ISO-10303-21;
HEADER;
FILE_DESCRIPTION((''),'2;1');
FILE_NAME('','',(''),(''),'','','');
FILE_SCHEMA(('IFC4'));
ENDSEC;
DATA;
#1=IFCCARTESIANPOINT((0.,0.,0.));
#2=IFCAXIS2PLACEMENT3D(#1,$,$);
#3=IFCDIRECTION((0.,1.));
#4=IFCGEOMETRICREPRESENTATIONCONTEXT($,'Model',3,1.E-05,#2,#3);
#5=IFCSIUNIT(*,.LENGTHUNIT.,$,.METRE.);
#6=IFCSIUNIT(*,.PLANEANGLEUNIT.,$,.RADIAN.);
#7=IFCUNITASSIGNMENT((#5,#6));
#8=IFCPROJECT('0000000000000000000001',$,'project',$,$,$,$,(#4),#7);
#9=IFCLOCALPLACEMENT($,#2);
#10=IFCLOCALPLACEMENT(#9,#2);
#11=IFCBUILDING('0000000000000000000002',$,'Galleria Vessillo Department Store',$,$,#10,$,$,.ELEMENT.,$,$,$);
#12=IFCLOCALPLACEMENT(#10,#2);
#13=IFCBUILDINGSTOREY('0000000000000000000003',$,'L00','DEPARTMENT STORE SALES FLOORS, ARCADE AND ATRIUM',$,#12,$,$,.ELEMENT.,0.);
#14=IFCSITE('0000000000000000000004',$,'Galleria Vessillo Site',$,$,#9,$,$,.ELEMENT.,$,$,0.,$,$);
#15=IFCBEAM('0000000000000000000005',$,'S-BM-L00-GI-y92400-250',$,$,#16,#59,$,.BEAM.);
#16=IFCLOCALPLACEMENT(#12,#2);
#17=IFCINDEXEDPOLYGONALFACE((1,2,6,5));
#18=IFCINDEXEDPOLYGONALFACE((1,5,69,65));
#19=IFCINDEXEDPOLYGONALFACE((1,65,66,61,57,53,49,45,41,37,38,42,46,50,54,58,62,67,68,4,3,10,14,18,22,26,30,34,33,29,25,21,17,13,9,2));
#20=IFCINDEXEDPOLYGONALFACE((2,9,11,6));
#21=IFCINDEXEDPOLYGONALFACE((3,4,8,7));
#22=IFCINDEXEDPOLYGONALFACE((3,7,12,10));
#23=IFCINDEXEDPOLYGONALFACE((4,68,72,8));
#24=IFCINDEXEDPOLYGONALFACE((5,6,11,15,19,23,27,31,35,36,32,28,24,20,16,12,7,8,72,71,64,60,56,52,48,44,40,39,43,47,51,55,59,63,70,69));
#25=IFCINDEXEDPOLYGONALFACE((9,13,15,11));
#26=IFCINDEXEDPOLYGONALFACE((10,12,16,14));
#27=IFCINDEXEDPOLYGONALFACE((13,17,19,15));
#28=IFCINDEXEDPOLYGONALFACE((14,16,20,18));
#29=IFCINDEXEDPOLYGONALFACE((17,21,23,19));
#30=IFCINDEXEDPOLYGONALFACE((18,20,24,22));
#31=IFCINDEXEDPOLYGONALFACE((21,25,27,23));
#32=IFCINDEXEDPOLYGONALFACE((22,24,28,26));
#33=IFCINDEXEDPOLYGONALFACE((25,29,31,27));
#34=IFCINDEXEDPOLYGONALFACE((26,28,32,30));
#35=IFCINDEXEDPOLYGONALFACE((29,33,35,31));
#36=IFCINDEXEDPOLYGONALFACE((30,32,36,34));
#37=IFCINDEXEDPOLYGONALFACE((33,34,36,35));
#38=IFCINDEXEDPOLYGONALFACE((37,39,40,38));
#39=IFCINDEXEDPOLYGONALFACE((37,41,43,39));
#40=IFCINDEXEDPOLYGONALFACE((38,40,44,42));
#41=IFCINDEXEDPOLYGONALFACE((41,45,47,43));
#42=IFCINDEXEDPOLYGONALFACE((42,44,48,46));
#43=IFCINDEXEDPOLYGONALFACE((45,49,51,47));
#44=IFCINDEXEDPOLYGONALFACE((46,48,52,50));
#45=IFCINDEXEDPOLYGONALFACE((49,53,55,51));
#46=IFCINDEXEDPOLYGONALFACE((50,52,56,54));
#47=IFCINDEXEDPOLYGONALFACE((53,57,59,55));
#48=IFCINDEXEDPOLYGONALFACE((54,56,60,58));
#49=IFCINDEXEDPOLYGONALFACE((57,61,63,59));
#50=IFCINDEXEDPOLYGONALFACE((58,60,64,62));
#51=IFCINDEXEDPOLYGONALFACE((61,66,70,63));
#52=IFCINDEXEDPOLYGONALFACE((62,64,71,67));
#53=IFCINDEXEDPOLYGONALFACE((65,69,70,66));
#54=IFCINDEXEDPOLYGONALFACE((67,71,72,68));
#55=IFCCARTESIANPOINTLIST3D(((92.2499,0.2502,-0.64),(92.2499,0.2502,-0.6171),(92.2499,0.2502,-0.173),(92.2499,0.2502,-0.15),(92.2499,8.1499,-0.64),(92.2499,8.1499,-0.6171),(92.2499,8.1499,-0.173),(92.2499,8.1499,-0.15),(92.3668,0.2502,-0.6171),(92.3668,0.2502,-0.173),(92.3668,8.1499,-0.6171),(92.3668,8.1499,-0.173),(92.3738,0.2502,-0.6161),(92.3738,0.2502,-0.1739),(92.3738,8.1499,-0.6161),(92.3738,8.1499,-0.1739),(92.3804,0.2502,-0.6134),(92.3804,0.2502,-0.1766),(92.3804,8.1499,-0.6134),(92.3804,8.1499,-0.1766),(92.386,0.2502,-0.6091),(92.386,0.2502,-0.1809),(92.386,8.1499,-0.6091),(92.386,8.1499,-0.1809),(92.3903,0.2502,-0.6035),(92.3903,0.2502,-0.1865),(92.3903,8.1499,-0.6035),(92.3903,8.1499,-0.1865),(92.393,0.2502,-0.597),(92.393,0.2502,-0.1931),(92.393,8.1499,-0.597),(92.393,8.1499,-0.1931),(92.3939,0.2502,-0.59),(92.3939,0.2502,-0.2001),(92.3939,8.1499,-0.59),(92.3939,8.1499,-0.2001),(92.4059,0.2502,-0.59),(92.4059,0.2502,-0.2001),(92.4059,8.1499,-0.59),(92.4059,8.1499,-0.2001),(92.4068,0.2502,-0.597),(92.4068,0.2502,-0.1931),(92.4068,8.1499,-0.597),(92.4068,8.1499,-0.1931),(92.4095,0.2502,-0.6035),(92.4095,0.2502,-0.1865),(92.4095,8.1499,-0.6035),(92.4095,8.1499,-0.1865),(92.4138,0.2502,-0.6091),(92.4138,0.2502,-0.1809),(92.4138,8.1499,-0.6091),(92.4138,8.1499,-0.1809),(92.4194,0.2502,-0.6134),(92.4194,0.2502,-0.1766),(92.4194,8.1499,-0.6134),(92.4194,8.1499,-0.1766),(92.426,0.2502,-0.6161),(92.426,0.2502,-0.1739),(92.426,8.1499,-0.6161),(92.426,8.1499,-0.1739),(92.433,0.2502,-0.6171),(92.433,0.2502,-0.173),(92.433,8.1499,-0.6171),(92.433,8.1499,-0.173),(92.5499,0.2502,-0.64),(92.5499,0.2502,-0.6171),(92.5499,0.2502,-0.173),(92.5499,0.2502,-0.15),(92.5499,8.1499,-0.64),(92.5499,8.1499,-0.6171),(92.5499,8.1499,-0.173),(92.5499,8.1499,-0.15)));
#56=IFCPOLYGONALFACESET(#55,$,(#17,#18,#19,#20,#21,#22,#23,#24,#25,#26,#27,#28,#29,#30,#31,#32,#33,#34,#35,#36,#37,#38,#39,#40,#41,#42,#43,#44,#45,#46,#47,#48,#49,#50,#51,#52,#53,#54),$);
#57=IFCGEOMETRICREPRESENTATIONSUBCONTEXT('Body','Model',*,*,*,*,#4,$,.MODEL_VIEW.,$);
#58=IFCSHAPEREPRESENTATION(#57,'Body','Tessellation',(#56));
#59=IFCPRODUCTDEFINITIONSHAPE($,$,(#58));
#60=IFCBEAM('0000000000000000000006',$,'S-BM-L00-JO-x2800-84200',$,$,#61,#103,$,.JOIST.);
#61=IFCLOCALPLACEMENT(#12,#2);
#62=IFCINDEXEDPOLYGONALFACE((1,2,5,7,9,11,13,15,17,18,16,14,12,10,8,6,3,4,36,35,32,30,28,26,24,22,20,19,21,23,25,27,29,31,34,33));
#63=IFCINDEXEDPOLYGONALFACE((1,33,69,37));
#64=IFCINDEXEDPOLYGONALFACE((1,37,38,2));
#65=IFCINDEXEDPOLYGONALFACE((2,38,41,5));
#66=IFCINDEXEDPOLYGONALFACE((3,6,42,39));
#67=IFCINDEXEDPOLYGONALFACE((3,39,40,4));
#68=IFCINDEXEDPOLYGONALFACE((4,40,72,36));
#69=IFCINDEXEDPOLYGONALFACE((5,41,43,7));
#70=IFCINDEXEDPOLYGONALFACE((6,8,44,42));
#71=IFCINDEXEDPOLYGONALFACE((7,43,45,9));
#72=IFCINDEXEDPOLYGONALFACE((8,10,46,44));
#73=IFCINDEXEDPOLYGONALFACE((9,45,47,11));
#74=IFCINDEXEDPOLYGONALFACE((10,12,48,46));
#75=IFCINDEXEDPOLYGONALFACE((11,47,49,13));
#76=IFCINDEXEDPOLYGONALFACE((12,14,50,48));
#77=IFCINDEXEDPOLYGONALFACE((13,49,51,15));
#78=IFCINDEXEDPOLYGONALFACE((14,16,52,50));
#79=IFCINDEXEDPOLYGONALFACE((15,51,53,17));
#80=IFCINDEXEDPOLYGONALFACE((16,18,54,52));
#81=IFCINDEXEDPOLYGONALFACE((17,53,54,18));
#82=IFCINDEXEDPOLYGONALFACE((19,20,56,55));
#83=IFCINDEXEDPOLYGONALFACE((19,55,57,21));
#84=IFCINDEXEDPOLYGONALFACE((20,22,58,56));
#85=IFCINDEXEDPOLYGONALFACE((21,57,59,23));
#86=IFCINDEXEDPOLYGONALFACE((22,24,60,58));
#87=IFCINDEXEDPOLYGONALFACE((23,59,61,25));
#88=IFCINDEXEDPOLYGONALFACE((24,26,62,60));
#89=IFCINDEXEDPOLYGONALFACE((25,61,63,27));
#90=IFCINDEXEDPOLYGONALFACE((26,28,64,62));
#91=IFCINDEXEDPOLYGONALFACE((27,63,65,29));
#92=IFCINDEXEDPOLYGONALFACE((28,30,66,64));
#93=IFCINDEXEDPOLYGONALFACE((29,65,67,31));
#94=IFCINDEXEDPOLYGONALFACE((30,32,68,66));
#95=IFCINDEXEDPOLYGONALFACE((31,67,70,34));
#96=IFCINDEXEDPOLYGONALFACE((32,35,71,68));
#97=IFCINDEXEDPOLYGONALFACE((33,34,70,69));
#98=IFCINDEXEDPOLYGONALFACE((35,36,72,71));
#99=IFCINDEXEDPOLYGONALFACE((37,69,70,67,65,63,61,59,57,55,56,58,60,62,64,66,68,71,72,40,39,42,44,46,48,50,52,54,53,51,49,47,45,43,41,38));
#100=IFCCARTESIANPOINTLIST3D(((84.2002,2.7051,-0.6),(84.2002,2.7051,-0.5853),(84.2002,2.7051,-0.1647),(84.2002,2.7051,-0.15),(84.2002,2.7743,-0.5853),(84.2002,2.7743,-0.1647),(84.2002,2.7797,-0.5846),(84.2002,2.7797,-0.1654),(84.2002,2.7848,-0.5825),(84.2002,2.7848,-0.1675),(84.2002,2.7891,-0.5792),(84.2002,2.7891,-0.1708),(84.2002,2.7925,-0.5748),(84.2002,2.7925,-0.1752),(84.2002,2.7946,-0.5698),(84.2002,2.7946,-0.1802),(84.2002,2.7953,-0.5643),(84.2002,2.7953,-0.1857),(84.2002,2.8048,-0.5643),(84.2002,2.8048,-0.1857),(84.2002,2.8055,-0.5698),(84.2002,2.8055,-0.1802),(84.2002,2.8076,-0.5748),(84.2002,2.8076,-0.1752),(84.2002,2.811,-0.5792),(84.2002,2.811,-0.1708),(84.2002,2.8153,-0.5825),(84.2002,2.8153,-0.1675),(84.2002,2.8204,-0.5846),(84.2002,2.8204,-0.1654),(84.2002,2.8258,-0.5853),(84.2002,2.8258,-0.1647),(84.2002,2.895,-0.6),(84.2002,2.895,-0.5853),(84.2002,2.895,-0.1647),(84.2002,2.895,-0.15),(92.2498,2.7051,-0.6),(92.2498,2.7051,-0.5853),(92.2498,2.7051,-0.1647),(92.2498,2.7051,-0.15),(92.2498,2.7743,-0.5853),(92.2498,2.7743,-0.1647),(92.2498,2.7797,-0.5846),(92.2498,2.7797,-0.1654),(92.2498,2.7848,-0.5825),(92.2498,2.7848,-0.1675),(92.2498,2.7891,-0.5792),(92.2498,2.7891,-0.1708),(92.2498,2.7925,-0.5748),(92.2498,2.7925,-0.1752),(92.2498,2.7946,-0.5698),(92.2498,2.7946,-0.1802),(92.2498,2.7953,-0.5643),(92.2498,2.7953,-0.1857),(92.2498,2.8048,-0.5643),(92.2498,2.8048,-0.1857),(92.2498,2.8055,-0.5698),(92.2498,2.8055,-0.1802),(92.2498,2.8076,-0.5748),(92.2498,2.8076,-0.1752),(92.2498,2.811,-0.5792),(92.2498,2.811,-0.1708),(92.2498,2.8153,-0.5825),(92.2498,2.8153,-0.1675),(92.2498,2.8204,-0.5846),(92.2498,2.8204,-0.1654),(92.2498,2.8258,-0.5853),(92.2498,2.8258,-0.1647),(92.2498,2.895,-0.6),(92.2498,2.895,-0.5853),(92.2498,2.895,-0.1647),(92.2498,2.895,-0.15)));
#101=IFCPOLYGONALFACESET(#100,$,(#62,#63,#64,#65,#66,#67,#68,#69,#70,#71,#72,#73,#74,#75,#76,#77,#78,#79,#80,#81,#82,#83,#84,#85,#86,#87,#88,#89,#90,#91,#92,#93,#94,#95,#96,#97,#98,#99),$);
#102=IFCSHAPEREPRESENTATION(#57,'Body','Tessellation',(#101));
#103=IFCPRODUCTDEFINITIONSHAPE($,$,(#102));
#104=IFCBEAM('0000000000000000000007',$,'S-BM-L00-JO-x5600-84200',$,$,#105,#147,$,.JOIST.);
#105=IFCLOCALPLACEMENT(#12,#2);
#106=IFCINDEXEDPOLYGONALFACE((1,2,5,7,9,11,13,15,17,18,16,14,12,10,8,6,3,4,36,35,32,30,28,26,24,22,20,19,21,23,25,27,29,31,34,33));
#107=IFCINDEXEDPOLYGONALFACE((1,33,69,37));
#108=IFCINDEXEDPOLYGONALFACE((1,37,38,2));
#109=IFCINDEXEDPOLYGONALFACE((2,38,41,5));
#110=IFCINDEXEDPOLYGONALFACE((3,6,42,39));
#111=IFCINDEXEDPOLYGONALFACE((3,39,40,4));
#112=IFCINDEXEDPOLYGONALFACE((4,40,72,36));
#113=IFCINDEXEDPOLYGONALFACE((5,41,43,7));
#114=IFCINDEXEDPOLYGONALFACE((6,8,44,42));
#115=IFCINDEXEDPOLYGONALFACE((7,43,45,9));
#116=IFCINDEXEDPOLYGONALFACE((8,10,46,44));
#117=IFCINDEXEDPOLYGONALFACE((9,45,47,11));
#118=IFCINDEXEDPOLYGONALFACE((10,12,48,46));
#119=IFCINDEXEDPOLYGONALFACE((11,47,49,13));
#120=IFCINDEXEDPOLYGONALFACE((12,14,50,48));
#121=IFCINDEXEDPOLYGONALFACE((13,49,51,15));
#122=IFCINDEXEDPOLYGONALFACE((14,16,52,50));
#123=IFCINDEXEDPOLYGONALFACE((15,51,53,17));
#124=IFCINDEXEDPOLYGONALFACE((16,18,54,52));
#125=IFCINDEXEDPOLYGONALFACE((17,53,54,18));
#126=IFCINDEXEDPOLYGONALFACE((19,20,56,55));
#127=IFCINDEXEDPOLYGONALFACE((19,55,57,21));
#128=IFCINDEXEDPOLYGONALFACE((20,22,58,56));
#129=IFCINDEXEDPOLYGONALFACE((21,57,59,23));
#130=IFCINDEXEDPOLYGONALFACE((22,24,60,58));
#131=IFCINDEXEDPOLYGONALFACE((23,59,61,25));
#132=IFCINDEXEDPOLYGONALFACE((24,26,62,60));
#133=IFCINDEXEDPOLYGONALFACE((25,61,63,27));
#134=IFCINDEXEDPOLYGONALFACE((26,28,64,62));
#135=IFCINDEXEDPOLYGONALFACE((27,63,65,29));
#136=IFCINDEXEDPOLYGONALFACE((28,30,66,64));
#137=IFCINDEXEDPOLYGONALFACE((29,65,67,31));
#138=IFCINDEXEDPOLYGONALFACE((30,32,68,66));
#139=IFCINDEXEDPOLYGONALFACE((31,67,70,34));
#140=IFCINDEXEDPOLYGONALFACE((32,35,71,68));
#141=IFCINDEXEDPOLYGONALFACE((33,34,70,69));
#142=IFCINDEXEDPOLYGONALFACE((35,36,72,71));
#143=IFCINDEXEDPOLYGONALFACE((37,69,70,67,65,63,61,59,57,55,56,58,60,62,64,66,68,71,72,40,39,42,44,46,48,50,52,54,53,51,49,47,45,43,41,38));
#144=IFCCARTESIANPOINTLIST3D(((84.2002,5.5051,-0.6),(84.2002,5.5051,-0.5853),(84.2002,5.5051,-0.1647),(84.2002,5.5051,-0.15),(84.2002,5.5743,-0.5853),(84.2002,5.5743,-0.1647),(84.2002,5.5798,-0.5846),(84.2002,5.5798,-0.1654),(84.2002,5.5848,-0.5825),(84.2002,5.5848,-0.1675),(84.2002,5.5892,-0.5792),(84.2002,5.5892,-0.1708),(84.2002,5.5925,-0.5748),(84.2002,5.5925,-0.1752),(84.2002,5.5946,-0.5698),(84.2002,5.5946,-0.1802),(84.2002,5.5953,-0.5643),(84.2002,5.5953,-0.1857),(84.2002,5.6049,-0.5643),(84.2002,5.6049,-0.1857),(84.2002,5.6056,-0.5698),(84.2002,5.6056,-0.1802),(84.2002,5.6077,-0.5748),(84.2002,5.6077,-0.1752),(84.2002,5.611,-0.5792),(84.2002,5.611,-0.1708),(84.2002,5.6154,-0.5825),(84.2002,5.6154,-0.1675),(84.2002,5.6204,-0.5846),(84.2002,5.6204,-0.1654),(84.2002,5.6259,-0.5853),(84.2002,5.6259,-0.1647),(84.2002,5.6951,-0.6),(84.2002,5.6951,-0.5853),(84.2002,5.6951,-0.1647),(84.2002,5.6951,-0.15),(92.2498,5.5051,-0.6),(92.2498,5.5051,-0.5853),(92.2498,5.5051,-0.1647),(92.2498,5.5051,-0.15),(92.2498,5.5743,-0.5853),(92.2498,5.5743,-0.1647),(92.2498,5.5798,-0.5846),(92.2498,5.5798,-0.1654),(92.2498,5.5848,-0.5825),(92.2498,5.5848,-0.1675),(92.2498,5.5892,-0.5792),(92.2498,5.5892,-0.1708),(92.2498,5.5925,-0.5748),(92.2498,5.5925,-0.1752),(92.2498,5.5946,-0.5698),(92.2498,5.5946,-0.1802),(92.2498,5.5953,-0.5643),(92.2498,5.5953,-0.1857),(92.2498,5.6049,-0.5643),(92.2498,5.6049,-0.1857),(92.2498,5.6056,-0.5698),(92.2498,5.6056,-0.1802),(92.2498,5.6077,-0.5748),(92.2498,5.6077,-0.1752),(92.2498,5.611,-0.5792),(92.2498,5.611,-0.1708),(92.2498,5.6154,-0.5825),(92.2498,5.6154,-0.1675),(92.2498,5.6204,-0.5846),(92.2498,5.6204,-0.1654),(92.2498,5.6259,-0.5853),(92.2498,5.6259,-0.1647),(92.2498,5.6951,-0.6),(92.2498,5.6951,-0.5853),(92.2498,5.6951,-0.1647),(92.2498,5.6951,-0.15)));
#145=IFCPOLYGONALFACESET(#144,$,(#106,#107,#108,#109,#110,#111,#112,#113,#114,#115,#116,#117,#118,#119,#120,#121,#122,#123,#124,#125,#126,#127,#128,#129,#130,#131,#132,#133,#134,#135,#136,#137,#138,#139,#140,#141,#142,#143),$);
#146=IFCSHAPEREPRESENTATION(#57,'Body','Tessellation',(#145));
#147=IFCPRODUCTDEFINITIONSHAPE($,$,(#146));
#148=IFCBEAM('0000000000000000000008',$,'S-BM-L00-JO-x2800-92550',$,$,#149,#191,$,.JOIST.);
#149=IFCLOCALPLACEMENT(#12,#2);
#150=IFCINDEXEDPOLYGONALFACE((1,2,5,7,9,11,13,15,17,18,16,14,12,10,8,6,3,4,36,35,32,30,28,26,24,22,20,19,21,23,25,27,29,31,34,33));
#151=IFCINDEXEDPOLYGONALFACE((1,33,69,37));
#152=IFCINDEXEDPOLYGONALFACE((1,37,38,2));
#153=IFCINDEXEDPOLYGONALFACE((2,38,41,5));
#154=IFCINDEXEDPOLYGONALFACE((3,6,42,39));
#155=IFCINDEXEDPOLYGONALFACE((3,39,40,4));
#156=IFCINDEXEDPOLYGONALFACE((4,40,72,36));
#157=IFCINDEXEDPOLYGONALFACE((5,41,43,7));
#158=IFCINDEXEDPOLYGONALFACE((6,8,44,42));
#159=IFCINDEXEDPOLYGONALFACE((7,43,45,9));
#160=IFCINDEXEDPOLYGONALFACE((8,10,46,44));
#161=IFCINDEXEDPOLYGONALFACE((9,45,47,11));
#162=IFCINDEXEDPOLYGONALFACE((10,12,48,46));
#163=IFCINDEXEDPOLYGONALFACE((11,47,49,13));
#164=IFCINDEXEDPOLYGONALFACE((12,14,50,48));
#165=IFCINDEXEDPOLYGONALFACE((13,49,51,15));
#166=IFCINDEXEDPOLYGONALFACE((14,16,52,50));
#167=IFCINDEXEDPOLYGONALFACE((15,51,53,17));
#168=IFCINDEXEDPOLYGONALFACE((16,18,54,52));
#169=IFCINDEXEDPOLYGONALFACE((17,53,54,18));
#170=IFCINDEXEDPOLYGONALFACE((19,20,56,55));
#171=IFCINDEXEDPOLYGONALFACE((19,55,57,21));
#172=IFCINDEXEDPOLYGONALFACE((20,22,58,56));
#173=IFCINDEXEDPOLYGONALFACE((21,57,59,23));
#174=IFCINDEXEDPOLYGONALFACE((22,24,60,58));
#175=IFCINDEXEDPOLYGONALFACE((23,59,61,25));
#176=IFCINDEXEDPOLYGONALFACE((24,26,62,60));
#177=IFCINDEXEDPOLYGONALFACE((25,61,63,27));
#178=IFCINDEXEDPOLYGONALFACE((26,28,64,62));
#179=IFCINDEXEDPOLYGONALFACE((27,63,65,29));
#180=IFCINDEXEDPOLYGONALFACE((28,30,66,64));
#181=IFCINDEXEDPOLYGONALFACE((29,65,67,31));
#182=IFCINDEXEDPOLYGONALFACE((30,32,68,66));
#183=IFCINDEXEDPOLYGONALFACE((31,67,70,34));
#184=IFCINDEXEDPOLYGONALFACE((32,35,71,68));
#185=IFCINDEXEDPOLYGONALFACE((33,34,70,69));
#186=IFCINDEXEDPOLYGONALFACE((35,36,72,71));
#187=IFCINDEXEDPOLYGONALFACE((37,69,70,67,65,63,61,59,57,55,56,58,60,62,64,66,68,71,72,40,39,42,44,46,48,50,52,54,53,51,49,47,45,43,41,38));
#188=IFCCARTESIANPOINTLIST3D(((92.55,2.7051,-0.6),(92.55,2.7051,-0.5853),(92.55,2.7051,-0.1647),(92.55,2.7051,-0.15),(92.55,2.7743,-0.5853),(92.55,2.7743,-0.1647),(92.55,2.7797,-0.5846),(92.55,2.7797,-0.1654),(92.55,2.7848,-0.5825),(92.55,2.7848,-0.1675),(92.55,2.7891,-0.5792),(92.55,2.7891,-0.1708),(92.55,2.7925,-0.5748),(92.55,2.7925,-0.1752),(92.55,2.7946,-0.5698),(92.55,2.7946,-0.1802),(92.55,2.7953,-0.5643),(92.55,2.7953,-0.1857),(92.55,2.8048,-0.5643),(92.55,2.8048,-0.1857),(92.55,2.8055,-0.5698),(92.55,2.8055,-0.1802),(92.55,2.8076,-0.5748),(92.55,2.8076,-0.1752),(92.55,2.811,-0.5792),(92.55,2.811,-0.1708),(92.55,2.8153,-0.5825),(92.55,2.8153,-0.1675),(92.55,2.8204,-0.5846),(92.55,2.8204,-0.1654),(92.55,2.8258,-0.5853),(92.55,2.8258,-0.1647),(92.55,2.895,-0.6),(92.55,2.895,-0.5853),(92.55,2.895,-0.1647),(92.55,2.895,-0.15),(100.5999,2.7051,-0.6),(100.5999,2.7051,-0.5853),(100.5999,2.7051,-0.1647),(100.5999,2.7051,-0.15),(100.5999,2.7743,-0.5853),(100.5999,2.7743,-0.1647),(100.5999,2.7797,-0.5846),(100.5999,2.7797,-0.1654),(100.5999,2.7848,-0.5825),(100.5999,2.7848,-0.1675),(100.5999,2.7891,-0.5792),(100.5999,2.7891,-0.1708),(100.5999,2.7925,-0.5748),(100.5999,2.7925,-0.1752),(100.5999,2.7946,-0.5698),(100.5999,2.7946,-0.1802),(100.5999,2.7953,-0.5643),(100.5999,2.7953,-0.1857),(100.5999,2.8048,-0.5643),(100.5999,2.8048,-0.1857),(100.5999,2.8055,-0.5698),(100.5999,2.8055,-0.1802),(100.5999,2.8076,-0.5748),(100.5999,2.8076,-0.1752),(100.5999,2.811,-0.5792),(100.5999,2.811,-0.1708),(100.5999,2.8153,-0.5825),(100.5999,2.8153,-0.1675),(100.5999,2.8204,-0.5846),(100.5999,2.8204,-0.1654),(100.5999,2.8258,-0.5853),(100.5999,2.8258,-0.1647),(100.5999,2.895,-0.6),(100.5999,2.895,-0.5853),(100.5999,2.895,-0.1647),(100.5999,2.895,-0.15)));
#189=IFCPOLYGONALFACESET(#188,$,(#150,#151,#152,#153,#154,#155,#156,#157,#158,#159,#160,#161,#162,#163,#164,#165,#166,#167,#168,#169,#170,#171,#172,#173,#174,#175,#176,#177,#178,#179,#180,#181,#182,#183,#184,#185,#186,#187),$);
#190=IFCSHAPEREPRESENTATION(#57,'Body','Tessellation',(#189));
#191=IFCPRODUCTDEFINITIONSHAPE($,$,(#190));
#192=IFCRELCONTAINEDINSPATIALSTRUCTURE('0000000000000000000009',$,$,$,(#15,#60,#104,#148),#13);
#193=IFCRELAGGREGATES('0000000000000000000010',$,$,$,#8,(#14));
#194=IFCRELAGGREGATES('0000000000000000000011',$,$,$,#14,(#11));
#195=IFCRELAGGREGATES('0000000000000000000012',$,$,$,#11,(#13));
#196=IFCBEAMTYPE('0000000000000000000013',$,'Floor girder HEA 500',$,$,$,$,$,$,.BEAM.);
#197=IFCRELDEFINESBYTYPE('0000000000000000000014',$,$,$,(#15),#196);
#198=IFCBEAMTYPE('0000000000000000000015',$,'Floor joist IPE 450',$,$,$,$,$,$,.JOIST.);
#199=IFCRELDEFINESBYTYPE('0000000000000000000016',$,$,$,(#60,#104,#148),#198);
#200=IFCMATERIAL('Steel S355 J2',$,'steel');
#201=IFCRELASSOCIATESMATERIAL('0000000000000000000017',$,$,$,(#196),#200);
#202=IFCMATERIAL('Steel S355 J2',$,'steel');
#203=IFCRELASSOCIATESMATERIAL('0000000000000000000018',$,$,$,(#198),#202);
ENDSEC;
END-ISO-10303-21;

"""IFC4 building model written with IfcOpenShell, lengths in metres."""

from ifc_helpers import new_model, si_unit, direction, frame, origin, origin_2d, place, context, subcontext, project, spatial, i_section, extrude, material, material_profile, profile_set, type_object, element, save


model = new_model("IFC4")

# Units and contexts
model_context = context("Model", 3, precision=1e-05, world=origin(), true_north=direction((0.0, 1.0)))
body_context = subcontext(model_context, "Body", "Model", "MODEL_VIEW")
ifc_project = project(units=[si_unit("LENGTHUNIT", "METRE"), si_unit("PLANEANGLEUNIT", "RADIAN")], contexts=[model_context])

# Site, building, storey
site_placement = place(None, origin())
site = spatial("IfcSite", under=ifc_project, at=site_placement, Name="Galleria Vessillo Site", CompositionType="ELEMENT", RefElevation=0.0)
building_placement = place(site_placement, origin())
building = spatial("IfcBuilding", under=site, at=building_placement, Name="Galleria Vessillo Department Store", CompositionType="ELEMENT")
storey_placement = place(building_placement, origin())
storey = spatial("IfcBuildingStorey", under=building, at=storey_placement, Name="L00", Description="DEPARTMENT STORE SALES FLOORS, ARCADE AND ATRIUM", CompositionType="ELEMENT", Elevation=0.0)

# Beams
ifc_material_1 = material(Name="Steel S355 J2", Category="steel")
ifc_material_profile_1 = material_profile(ifc_material_1, i_section(OverallWidth=0.3, OverallDepth=0.49, WebThickness=0.012, FlangeThickness=0.0229, FilletRadius=0.0271, at=origin_2d()), Name="HEA 500")
ifc_profile_set_1 = profile_set([ifc_material_profile_1], Name="Steel S355 J2")
beam_type_1 = type_object("IfcBeamType", Name="Floor girder HEA 500", PredefinedType="BEAM", material=ifc_profile_set_1)
beam_placement = place(storey_placement, frame((92.3999, 0.2502, -0.395), z_axis=(0.0, 1.0, 0.0), x_axis=(-1.0, 0.0, 0.0)))
element("IfcBeam", 1, at=beam_placement, inside=storey, type_object=beam_type_1, Name="S-BM-L00-GI-y92400-250", PredefinedType="BEAM", context=body_context, shape_type="SweptSolid", body=[
    extrude(i_section(OverallWidth=0.3, OverallDepth=0.49, WebThickness=0.012, FlangeThickness=0.0229, FilletRadius=0.0271, at=origin_2d()), origin(), (0.0, 0.0, 1.0), 7.8997),
])
ifc_material_2 = material(Name="Steel S355 J2", Category="steel")
ifc_material_profile_2 = material_profile(ifc_material_2, i_section(OverallWidth=0.1899, OverallDepth=0.45, WebThickness=0.0095, FlangeThickness=0.0146, FilletRadius=0.021, at=origin_2d()), Name="IPE 450")
ifc_profile_set_2 = profile_set([ifc_material_profile_2], Name="Steel S355 J2")
beam_type_2 = type_object("IfcBeamType", Name="Floor joist IPE 450", PredefinedType="JOIST", material=ifc_profile_set_2)
for number, where, z_axis, x_axis, name in (
    (2, (84.2002, 2.8, -0.375), (1.0, 0.0, 0.0), (0.0, 1.0, 0.0), "S-BM-L00-JO-x2800-84200"),
    (3, (84.2002, 5.6001, -0.375), (1.0, 0.0, 0.0), (0.0, 1.0, 0.0), "S-BM-L00-JO-x5600-84200"),
):
    element("IfcBeam", number, at=place(storey_placement, frame(where, z_axis=z_axis, x_axis=x_axis)), inside=storey, type_object=beam_type_2, Name=name, PredefinedType="JOIST", context=body_context, shape_type="SweptSolid", body=[
        extrude(i_section(OverallWidth=0.1899, OverallDepth=0.45, WebThickness=0.0095, FlangeThickness=0.0146, FilletRadius=0.021, at=origin_2d()), origin(), (0.0, 0.0, 1.0), 8.0496),
    ])
for number, where, z_axis, x_axis, name in (
    (4, (92.55, 2.8, -0.375), (1.0, 0.0, 0.0), (0.0, 1.0, 0.0), "S-BM-L00-JO-x2800-92550"),
):
    element("IfcBeam", number, at=place(storey_placement, frame(where, z_axis=z_axis, x_axis=x_axis)), inside=storey, type_object=beam_type_2, Name=name, PredefinedType="JOIST", context=body_context, shape_type="SweptSolid", body=[
        extrude(i_section(OverallWidth=0.1899, OverallDepth=0.45, WebThickness=0.0095, FlangeThickness=0.0146, FilletRadius=0.021, at=origin_2d()), origin(), (0.0, 0.0, 1.0), 8.0498),
    ])

save(model, "model.ifc")
